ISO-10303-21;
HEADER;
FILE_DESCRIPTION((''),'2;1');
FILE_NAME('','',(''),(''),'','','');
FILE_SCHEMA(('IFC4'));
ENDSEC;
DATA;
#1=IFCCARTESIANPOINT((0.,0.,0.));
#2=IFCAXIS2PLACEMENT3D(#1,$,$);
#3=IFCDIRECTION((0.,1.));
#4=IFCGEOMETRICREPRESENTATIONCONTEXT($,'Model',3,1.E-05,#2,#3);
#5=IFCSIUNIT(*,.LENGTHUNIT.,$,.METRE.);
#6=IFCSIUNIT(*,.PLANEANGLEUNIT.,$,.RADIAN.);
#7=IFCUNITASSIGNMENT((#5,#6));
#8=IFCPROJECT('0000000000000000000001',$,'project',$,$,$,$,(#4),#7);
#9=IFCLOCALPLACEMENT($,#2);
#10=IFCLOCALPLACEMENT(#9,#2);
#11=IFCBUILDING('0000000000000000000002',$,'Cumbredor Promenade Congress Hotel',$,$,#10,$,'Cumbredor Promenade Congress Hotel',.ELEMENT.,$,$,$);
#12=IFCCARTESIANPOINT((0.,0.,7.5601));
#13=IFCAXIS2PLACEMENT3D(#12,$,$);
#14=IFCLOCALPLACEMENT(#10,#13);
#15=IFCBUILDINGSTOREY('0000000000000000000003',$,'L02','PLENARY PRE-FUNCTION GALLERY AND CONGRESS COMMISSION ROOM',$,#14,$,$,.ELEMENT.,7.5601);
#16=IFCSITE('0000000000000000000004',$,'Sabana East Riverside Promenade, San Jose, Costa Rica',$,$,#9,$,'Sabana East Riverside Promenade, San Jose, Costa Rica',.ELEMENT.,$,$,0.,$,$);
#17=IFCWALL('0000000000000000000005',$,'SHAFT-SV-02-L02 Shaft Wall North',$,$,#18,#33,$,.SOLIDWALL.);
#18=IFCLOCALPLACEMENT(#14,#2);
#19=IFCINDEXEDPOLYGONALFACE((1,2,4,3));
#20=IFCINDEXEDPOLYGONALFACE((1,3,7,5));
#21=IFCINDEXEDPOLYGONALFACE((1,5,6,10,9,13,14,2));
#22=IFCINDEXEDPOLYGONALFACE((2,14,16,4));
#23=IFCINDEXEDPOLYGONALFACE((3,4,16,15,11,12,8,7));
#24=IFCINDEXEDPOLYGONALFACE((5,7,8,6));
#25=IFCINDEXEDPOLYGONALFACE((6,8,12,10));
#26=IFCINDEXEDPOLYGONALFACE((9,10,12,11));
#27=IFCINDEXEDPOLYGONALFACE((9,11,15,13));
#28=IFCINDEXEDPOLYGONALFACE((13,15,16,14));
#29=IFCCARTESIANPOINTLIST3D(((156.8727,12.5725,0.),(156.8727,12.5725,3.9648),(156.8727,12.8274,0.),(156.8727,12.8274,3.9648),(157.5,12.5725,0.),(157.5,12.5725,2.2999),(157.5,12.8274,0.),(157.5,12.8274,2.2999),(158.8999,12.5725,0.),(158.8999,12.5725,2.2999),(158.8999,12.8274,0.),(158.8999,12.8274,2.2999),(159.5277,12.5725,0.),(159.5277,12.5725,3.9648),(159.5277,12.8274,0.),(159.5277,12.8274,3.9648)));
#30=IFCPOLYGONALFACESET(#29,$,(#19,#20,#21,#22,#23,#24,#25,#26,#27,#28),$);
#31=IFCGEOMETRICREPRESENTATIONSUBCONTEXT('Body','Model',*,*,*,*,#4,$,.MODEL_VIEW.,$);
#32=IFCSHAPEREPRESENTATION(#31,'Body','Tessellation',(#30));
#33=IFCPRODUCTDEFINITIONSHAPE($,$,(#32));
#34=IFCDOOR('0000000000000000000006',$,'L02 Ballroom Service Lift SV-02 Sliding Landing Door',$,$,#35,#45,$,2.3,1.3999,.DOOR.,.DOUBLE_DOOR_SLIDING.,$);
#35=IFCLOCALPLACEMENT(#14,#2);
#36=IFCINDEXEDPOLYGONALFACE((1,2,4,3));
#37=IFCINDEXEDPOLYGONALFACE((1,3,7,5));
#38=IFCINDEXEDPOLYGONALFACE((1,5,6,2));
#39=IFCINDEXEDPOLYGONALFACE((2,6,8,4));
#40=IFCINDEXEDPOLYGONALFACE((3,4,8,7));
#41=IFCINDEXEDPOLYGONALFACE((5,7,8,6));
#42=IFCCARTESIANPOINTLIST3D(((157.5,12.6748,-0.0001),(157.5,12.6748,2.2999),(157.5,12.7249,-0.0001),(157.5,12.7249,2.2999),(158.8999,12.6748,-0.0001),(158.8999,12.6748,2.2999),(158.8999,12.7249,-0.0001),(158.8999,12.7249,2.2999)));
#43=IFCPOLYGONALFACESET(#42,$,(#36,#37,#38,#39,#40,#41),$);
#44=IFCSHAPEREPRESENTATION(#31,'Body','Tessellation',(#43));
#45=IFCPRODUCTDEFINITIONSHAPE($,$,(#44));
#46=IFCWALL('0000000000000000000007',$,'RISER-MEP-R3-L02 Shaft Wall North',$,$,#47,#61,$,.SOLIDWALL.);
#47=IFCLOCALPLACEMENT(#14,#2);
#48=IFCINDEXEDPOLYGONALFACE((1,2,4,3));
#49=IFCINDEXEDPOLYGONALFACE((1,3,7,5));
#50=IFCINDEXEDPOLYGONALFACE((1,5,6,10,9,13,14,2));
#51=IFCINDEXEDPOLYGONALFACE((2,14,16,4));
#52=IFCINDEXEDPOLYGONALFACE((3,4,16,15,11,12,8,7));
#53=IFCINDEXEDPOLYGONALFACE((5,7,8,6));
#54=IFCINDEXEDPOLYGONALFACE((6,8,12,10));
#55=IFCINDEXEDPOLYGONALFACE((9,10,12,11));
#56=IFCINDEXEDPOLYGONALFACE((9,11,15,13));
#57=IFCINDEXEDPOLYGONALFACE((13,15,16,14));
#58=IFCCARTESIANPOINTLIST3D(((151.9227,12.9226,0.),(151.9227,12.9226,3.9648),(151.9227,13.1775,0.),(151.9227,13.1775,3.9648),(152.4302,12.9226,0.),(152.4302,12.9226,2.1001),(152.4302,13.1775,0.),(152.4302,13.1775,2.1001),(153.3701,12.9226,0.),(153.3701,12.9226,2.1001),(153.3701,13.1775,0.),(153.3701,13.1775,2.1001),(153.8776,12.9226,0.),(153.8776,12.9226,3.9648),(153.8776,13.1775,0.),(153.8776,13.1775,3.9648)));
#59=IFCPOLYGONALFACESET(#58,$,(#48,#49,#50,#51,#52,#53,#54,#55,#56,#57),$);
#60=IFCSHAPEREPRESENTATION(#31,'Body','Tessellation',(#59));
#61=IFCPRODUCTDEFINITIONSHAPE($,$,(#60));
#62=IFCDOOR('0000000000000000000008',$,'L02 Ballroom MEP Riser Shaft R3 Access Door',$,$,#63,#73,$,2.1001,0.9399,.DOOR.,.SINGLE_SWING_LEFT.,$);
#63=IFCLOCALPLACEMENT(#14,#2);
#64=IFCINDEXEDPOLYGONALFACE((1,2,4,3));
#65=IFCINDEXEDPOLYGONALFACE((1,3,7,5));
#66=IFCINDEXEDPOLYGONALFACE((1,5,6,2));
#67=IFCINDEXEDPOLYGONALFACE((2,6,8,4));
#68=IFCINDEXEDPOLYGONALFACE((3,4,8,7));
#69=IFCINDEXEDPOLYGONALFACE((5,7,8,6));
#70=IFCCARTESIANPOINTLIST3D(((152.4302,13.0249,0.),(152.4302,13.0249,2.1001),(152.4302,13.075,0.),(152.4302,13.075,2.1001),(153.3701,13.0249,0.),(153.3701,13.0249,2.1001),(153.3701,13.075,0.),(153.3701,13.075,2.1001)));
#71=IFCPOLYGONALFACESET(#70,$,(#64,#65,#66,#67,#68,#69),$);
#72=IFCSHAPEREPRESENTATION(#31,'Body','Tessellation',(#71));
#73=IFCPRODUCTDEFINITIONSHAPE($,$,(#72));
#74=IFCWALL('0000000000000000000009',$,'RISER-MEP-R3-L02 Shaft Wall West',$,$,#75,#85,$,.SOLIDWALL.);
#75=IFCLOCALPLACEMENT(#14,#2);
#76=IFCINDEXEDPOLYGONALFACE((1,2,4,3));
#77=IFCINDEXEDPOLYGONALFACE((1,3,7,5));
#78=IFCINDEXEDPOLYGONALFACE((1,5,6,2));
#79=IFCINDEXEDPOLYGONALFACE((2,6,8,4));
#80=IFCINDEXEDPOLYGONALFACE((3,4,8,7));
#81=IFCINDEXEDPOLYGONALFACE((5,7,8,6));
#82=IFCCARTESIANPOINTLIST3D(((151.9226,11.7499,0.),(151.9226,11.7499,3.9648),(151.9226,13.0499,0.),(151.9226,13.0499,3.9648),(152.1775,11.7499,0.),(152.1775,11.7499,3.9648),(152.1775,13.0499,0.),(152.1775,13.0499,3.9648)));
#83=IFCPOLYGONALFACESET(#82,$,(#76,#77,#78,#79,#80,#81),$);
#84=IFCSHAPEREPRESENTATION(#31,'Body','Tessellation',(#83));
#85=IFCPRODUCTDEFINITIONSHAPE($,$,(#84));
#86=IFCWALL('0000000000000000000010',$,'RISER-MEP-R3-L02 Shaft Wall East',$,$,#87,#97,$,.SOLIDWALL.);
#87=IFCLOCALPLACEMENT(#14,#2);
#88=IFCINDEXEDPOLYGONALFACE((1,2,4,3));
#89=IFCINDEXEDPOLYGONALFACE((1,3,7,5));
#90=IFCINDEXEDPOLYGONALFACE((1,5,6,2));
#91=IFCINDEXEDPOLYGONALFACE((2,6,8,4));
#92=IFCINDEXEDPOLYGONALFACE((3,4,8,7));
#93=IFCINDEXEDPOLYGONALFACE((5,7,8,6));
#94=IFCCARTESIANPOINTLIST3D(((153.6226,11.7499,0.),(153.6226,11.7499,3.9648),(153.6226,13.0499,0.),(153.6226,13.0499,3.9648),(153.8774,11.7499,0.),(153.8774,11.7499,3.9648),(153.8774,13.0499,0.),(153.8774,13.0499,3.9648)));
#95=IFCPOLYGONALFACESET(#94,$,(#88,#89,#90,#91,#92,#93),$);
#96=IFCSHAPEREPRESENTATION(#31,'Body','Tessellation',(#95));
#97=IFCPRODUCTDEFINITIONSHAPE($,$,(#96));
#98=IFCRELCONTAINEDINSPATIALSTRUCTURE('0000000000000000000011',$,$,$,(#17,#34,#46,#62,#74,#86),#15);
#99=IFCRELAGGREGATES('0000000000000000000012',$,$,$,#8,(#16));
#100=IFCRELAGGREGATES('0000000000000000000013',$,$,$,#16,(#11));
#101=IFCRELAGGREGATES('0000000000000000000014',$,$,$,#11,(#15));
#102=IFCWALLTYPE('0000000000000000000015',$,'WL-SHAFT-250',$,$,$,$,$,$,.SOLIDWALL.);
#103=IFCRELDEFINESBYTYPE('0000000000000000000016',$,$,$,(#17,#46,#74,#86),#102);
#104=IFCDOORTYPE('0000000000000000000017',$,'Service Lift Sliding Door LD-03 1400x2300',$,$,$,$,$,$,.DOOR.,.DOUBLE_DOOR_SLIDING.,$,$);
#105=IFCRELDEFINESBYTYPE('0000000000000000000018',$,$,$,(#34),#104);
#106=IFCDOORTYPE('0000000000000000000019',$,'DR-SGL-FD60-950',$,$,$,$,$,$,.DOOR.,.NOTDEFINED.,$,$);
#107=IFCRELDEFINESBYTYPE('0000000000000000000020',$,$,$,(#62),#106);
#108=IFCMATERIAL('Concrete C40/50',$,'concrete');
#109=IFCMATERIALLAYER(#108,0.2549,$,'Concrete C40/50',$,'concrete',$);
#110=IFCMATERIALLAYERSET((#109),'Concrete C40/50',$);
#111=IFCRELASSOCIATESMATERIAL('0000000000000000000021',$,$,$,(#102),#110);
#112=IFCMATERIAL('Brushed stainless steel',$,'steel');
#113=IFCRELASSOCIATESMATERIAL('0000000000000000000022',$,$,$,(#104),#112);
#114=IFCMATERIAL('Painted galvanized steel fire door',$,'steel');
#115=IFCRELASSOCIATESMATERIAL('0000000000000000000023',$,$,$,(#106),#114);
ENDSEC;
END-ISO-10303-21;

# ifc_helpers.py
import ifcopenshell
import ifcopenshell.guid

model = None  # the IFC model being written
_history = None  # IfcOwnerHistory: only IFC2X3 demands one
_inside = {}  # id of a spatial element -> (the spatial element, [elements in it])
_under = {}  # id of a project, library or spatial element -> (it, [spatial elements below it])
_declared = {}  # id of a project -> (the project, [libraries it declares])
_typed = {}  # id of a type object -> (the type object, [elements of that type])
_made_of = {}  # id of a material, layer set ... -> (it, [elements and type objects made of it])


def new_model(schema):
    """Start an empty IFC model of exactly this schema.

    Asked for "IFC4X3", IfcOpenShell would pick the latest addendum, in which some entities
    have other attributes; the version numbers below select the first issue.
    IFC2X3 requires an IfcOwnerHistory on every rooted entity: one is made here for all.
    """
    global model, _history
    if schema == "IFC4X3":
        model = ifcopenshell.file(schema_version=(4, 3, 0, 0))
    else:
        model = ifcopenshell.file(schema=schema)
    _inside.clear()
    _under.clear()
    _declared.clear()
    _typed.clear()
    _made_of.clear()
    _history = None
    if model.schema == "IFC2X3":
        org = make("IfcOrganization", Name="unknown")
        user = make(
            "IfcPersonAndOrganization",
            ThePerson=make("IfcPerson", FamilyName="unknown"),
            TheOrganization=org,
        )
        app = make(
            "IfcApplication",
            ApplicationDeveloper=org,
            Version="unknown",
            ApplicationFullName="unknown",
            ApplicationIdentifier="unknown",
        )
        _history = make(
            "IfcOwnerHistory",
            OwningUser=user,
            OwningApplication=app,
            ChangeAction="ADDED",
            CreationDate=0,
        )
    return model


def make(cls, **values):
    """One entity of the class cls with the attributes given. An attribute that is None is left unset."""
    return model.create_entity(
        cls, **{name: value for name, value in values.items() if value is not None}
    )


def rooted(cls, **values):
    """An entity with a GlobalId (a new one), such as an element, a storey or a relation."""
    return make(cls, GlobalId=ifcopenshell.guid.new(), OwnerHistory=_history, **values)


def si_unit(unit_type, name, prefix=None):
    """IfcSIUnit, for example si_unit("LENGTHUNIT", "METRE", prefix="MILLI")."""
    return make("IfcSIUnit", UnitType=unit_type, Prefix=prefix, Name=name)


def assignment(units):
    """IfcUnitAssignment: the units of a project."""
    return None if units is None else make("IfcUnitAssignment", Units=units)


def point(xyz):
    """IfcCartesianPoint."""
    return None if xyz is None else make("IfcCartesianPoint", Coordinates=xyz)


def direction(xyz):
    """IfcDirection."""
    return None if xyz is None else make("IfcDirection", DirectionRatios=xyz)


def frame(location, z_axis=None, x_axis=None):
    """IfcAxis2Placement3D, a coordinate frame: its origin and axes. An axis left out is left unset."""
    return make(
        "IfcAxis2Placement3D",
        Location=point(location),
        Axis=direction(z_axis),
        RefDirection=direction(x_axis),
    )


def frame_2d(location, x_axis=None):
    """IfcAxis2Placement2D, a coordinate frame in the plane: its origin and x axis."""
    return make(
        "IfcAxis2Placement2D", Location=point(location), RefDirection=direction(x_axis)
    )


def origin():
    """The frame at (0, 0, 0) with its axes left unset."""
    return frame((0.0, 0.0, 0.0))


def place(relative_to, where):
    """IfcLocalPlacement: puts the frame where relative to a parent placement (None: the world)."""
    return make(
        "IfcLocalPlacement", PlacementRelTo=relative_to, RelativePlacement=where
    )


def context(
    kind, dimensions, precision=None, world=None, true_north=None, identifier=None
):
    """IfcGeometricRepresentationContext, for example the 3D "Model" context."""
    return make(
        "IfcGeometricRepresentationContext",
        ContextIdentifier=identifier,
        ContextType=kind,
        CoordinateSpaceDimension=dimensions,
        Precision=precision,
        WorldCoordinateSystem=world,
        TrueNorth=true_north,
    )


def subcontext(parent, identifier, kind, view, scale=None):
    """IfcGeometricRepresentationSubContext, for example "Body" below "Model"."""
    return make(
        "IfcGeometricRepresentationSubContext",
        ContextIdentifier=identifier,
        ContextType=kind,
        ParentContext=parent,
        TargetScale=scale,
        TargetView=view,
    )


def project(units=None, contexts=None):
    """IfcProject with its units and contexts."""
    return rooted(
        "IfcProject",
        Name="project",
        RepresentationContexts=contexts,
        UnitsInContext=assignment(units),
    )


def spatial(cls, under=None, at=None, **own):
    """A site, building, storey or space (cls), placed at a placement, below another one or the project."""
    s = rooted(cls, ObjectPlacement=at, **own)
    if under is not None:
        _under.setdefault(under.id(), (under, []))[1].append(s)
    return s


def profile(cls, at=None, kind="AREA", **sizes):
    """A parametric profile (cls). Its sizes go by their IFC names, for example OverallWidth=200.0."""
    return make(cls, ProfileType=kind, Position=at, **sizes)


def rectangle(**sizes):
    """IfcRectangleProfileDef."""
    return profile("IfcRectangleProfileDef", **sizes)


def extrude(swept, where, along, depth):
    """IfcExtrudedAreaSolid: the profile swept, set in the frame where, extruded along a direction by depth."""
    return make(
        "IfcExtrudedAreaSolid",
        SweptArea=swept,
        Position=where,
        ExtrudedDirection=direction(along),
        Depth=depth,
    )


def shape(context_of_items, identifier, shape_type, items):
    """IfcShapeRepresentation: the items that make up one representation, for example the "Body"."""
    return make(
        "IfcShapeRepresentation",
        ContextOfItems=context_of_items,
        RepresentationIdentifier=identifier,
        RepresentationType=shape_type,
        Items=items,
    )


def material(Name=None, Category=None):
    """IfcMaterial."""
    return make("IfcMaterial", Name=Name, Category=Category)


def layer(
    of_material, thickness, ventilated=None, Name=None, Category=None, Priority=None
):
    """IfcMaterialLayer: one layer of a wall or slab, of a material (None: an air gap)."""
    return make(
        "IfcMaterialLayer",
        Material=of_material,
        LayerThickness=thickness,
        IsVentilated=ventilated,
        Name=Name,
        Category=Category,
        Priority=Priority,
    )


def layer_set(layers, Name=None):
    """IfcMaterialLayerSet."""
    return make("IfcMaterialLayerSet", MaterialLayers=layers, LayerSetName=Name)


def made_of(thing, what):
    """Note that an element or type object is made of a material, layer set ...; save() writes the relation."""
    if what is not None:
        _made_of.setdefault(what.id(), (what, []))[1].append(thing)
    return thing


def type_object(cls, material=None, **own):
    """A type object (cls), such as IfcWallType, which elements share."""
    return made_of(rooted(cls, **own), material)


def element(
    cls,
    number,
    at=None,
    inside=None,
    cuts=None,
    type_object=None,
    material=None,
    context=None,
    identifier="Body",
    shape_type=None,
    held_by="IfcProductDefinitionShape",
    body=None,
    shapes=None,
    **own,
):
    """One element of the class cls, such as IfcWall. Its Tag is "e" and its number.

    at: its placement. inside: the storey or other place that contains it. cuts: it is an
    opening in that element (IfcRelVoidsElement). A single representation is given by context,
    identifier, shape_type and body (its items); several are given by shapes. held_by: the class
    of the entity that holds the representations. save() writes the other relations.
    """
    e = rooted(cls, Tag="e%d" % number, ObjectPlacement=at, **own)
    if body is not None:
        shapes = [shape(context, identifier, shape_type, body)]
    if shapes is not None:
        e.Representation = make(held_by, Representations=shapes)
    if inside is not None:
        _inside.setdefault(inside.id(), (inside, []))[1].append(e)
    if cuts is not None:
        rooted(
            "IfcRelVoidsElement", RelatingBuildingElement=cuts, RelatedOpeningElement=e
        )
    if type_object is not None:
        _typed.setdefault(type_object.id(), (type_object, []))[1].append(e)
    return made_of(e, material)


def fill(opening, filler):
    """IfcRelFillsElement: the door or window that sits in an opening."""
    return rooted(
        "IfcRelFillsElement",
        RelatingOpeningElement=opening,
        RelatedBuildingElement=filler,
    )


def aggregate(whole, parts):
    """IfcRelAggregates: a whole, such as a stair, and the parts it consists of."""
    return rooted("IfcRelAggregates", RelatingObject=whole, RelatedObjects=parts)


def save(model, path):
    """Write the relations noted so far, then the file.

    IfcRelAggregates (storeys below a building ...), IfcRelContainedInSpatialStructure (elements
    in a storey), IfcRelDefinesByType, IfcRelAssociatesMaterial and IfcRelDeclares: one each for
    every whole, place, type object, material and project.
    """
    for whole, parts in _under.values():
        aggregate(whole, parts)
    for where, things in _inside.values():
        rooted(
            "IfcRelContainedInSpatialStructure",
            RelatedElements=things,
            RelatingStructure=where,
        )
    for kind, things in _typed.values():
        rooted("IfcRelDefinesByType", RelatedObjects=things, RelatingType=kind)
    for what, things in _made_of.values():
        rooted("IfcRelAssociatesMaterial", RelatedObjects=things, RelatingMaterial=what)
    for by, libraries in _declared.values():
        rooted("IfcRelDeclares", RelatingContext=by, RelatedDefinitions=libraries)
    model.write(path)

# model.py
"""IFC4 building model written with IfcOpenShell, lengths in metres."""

from ifc_helpers import new_model, si_unit, direction, frame, frame_2d, origin, place, context, subcontext, project, spatial, rectangle, extrude, material, layer, layer_set, type_object, element, fill, save


model = new_model("IFC4")

# Units and contexts
model_context = context("Model", 3, precision=1e-05, world=origin(), true_north=direction((0.0, 1.0)))
body_context = subcontext(model_context, "Body", "Model", "MODEL_VIEW")
ifc_project = project(units=[si_unit("LENGTHUNIT", "METRE"), si_unit("PLANEANGLEUNIT", "RADIAN")], contexts=[model_context])

# Site, building, storey
site_placement = place(None, origin())
site = spatial("IfcSite", under=ifc_project, at=site_placement, Name="Sabana East Riverside Promenade, San Jose, Costa Rica", LongName="Sabana East Riverside Promenade, San Jose, Costa Rica", CompositionType="ELEMENT", RefElevation=0.0)
building_placement = place(site_placement, origin())
building = spatial("IfcBuilding", under=site, at=building_placement, Name="Cumbredor Promenade Congress Hotel", LongName="Cumbredor Promenade Congress Hotel", CompositionType="ELEMENT")
storey_placement = place(building_placement, frame((0.0, 0.0, 7.5601)))
storey = spatial("IfcBuildingStorey", under=building, at=storey_placement, Name="L02", Description="PLENARY PRE-FUNCTION GALLERY AND CONGRESS COMMISSION ROOM", CompositionType="ELEMENT", Elevation=7.5601)

# Shared definitions
ifc_material_1 = material(Name="Concrete C40/50", Category="concrete")

# Walls, openings, doors
ifc_layer = layer(ifc_material_1, 0.2549, Name="Concrete C40/50", Category="concrete")
ifc_layer_set = layer_set([ifc_layer], Name="Concrete C40/50")
wall_type = type_object("IfcWallType", Name="WL-SHAFT-250", PredefinedType="SOLIDWALL", material=ifc_layer_set)
ifc_material_2 = material(Name="Painted galvanized steel fire door", Category="steel")
ifc_material_3 = material(Name="Brushed stainless steel", Category="steel")
wall_1_placement = place(storey_placement, frame((156.8726, 12.7, 0.0), z_axis=(0.0, 0.0, 1.0), x_axis=(1.0, 0.0, 0.0)))
wall_1 = element("IfcWall", 1, at=wall_1_placement, inside=storey, type_object=wall_type, Name="SHAFT-SV-02-L02 Shaft Wall North", PredefinedType="SOLIDWALL", context=body_context, shape_type="SweptSolid", body=[
    extrude(rectangle(XDim=2.655, YDim=0.2549, at=frame_2d((1.3276, 0.0))), origin(), (0.0, 0.0, 1.0), 3.9648),
])
opening_1_placement = place(wall_1_placement, frame((0.6274, 0.0, 0.0)))
opening_1 = element("IfcOpeningElement", 2, at=opening_1_placement, cuts=wall_1, PredefinedType="OPENING", context=body_context, shape_type="SweptSolid", body=[
    extrude(rectangle(XDim=1.3999, YDim=2.3, at=frame_2d((0.7, 1.1499))), frame((0.0, 0.1375, 0.0), z_axis=(0.0, -1.0, 0.0), x_axis=(1.0, 0.0, 0.0)), (0.0, 0.0, 1.0), 0.2749),
])
door_type_1 = type_object("IfcDoorType", Name="Service Lift Sliding Door LD-03 1400x2300", OperationType="DOUBLE_DOOR_SLIDING", PredefinedType="DOOR", material=ifc_material_3)
door_1_placement = place(opening_1_placement, origin())
door_1 = element("IfcDoor", 3, at=door_1_placement, inside=storey, type_object=door_type_1, Name="L02 Ballroom Service Lift SV-02 Sliding Landing Door", OperationType="DOUBLE_DOOR_SLIDING", OverallHeight=2.3, OverallWidth=1.3999, PredefinedType="DOOR", context=body_context, shape_type="SweptSolid", body=[
    extrude(rectangle(XDim=1.3999, YDim=2.3, at=frame_2d((0.7, 1.1499))), frame((0.0, 0.0249, 0.0), z_axis=(0.0, -1.0, 0.0), x_axis=(1.0, 0.0, 0.0)), (0.0, 0.0, 1.0), 0.05),
])
fill(opening_1, door_1)
wall_2_placement = place(storey_placement, frame((151.9226, 13.05, 0.0), z_axis=(0.0, 0.0, 1.0), x_axis=(1.0, 0.0, 0.0)))
wall_2 = element("IfcWall", 4, at=wall_2_placement, inside=storey, type_object=wall_type, Name="RISER-MEP-R3-L02 Shaft Wall North", PredefinedType="SOLIDWALL", context=body_context, shape_type="SweptSolid", body=[
    extrude(rectangle(XDim=1.9548, YDim=0.2549, at=frame_2d((0.9775, 0.0))), origin(), (0.0, 0.0, 1.0), 3.9648),
])
opening_2_placement = place(wall_2_placement, frame((0.5076, 0.0, 0.0)))
opening_2 = element("IfcOpeningElement", 5, at=opening_2_placement, cuts=wall_2, PredefinedType="OPENING", context=body_context, shape_type="SweptSolid", body=[
    extrude(rectangle(XDim=0.9399, YDim=2.1001, at=frame_2d((0.47, 1.05))), frame((0.0, 0.1375, 0.0), z_axis=(0.0, -1.0, 0.0), x_axis=(1.0, 0.0, 0.0)), (0.0, 0.0, 1.0), 0.2749),
])
door_type_2 = type_object("IfcDoorType", Name="DR-SGL-FD60-950", OperationType="NOTDEFINED", PredefinedType="DOOR", material=ifc_material_2)
door_2_placement = place(opening_2_placement, origin())
door_2 = element("IfcDoor", 6, at=door_2_placement, inside=storey, type_object=door_type_2, Name="L02 Ballroom MEP Riser Shaft R3 Access Door", OperationType="SINGLE_SWING_LEFT", OverallHeight=2.1001, OverallWidth=0.9399, PredefinedType="DOOR", context=body_context, shape_type="SweptSolid", body=[
    extrude(rectangle(XDim=0.9399, YDim=2.1001, at=frame_2d((0.47, 1.05))), frame((0.0, 0.0249, 0.0), z_axis=(0.0, -1.0, 0.0), x_axis=(1.0, 0.0, 0.0)), (0.0, 0.0, 1.0), 0.05),
])
fill(opening_2, door_2)

# Walls
for number, where, z_axis, x_axis, name in (
    (7, (152.05, 11.75, 0.0), (0.0, 0.0, 1.0), (0.0, 1.0, 0.0), "RISER-MEP-R3-L02 Shaft Wall West"),
    (8, (153.75, 11.75, 0.0), (0.0, 0.0, 1.0), (0.0, 1.0, 0.0), "RISER-MEP-R3-L02 Shaft Wall East"),
):
    element("IfcWall", number, at=place(storey_placement, frame(where, z_axis=z_axis, x_axis=x_axis)), inside=storey, type_object=wall_type, Name=name, PredefinedType="SOLIDWALL", context=body_context, shape_type="SweptSolid", body=[
        extrude(rectangle(XDim=1.3, YDim=0.2549, at=frame_2d((0.6499, 0.0))), origin(), (0.0, 0.0, 1.0), 3.9648),
    ])

save(model, "model.ifc")
